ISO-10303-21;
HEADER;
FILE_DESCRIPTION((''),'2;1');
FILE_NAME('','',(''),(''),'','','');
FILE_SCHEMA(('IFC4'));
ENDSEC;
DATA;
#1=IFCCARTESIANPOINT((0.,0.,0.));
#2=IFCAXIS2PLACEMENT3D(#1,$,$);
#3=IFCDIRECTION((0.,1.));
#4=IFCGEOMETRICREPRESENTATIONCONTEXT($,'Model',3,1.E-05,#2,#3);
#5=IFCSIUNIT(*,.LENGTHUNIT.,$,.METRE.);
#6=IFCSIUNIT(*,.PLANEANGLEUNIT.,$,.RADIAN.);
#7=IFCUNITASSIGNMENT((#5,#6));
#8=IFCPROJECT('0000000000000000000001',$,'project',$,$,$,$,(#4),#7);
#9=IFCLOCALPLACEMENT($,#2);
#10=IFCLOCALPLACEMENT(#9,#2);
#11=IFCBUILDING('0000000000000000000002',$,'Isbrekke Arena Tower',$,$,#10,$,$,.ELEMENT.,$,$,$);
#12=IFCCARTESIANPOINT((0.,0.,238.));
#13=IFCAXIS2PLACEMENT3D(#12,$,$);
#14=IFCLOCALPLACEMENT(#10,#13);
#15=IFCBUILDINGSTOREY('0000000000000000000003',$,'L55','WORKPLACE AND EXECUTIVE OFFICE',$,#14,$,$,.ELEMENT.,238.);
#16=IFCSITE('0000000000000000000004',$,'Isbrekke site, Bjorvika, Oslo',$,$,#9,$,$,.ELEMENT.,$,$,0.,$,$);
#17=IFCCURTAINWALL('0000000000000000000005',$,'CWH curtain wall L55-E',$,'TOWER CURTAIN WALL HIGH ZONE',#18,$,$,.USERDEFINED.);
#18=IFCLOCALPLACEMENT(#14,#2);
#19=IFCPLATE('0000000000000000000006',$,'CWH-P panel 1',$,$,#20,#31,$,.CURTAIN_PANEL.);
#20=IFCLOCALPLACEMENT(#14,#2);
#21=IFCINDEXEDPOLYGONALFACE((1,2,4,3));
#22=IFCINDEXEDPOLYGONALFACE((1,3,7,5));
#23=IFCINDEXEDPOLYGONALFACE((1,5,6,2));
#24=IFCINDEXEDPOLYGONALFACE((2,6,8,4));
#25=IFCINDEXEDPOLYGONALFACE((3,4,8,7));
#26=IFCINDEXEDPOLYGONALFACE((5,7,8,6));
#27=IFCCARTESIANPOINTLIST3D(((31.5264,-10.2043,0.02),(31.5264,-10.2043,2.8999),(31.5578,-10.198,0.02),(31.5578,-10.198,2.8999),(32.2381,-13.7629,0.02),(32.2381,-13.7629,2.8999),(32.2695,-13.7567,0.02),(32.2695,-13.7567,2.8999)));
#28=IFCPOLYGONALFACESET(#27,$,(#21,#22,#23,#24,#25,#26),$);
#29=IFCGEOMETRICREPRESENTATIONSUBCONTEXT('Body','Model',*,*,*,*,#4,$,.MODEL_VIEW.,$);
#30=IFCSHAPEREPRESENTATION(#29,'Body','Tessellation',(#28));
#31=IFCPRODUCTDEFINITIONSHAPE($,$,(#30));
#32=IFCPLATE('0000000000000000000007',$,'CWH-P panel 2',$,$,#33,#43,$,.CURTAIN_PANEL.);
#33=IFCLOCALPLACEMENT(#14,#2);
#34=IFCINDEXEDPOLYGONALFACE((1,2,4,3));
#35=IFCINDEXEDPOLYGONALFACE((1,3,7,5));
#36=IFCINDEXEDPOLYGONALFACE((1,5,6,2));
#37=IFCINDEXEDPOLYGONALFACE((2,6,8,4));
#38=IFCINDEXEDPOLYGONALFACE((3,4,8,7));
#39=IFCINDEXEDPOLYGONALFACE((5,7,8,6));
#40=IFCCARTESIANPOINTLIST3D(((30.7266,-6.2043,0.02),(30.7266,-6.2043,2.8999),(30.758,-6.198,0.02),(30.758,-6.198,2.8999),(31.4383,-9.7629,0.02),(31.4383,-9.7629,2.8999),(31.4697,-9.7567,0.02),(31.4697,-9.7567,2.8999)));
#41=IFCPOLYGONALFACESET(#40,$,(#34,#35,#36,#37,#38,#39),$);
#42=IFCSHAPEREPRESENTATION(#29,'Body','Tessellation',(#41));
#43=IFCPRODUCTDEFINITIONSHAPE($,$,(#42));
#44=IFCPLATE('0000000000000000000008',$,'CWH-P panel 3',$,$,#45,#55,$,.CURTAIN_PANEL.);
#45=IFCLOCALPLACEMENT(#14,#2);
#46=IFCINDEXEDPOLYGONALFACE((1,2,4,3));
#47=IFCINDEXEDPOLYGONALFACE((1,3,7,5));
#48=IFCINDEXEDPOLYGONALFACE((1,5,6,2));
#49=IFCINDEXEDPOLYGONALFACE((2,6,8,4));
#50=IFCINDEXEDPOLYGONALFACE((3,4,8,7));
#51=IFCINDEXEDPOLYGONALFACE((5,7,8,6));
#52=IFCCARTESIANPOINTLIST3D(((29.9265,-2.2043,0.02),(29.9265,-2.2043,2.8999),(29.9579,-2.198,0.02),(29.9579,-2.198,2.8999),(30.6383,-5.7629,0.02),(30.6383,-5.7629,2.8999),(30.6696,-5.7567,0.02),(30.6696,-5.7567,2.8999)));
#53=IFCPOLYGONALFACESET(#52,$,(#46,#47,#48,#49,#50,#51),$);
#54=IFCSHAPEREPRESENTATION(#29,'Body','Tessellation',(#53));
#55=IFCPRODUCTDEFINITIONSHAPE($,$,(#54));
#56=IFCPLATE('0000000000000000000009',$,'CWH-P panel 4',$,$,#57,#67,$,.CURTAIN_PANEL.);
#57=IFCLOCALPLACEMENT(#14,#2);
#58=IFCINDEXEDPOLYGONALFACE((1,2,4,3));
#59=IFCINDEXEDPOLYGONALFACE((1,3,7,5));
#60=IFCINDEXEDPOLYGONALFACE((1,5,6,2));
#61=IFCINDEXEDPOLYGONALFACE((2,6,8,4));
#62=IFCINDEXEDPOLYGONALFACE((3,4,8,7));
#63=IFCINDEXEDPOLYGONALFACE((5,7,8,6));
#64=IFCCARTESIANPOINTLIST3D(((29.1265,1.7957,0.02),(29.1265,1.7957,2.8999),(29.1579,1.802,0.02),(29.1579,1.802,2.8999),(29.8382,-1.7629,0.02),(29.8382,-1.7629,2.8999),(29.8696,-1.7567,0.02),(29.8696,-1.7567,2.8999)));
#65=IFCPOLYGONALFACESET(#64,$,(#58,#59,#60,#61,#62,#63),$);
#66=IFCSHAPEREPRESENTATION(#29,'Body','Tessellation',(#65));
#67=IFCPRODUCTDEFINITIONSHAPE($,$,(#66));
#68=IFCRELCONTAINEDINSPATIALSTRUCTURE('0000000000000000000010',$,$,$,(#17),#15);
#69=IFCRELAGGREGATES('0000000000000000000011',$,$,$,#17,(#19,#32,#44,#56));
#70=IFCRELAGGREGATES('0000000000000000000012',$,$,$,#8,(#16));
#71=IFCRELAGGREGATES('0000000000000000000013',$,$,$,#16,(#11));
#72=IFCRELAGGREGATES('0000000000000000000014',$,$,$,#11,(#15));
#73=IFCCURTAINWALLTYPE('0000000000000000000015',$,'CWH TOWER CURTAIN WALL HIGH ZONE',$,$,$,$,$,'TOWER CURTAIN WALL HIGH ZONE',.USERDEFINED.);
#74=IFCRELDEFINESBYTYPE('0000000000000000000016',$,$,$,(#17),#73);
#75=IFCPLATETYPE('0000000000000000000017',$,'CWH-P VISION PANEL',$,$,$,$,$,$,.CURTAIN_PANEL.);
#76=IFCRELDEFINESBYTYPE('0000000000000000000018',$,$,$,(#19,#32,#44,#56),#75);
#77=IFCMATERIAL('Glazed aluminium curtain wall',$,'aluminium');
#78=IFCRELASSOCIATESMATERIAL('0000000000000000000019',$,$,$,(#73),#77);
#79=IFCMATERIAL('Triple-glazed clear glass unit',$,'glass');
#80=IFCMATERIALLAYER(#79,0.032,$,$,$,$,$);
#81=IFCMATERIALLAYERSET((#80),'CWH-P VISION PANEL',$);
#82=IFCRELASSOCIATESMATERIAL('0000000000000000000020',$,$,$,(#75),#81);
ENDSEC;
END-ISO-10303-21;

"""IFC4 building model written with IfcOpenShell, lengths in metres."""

from ifc_helpers import new_model, si_unit, direction, frame, origin, origin_2d, place, context, subcontext, project, spatial, rectangle, extrude, material, layer, layer_set, type_object, element, aggregate, save


model = new_model("IFC4")

# Units and contexts
model_context = context("Model", 3, precision=1e-05, world=origin(), true_north=direction((0.0, 1.0)))
body_context = subcontext(model_context, "Body", "Model", "MODEL_VIEW")
ifc_project = project(units=[si_unit("LENGTHUNIT", "METRE"), si_unit("PLANEANGLEUNIT", "RADIAN")], contexts=[model_context])

# Site, building, storey
site_placement = place(None, origin())
site = spatial("IfcSite", under=ifc_project, at=site_placement, Name="Isbrekke site, Bjorvika, Oslo", CompositionType="ELEMENT", RefElevation=0.0)
building_placement = place(site_placement, origin())
building = spatial("IfcBuilding", under=site, at=building_placement, Name="Isbrekke Arena Tower", CompositionType="ELEMENT")
storey_placement = place(building_placement, frame((0.0, 0.0, 238.0)))
storey = spatial("IfcBuildingStorey", under=building, at=storey_placement, Name="L55", Description="WORKPLACE AND EXECUTIVE OFFICE", CompositionType="ELEMENT", Elevation=238.0)

# Curtain wall
ifc_material_1 = material(Name="Glazed aluminium curtain wall", Category="aluminium")
curtain_wall_type = type_object("IfcCurtainWallType", Name="CWH TOWER CURTAIN WALL HIGH ZONE", ElementType="TOWER CURTAIN WALL HIGH ZONE", PredefinedType="USERDEFINED", material=ifc_material_1)
curtain_wall_placement = place(storey_placement, origin())
curtain_wall = element("IfcCurtainWall", 1, at=curtain_wall_placement, inside=storey, type_object=curtain_wall_type, Name="CWH curtain wall L55-E", ObjectType="TOWER CURTAIN WALL HIGH ZONE", PredefinedType="USERDEFINED")

# Plates
ifc_material_2 = material(Name="Triple-glazed clear glass unit", Category="glass")
ifc_layer = layer(ifc_material_2, 0.032)
ifc_layer_set = layer_set([ifc_layer], Name="CWH-P VISION PANEL")
plate_type = type_object("IfcPlateType", Name="CWH-P VISION PANEL", PredefinedType="CURTAIN_PANEL", material=ifc_layer_set)
plate_1_placement = place(storey_placement, frame((31.8979, -11.9805, 0.02), z_axis=(0.0, 0.0, 1.0), x_axis=(-0.196116, 0.980581, 0.0)))
plate_1 = element("IfcPlate", 2, at=plate_1_placement, type_object=plate_type, Name="CWH-P panel 1", PredefinedType="CURTAIN_PANEL", context=body_context, shape_type="SweptSolid", body=[
    extrude(rectangle(XDim=3.6292, YDim=0.032, at=origin_2d()), origin(), (0.0, 0.0, 1.0), 2.8799),
])
plate_2_placement = place(storey_placement, frame((31.0981, -7.9805, 0.02), z_axis=(0.0, 0.0, 1.0), x_axis=(-0.196116, 0.980581, 0.0)))
plate_2 = element("IfcPlate", 3, at=plate_2_placement, type_object=plate_type, Name="CWH-P panel 2", PredefinedType="CURTAIN_PANEL", context=body_context, shape_type="SweptSolid", body=[
    extrude(rectangle(XDim=3.6292, YDim=0.032, at=origin_2d()), origin(), (0.0, 0.0, 1.0), 2.8799),
])
plate_3_placement = place(storey_placement, frame((30.2981, -3.9805, 0.02), z_axis=(0.0, 0.0, 1.0), x_axis=(-0.196116, 0.980581, 0.0)))
plate_3 = element("IfcPlate", 4, at=plate_3_placement, type_object=plate_type, Name="CWH-P panel 3", PredefinedType="CURTAIN_PANEL", context=body_context, shape_type="SweptSolid", body=[
    extrude(rectangle(XDim=3.6292, YDim=0.032, at=origin_2d()), origin(), (0.0, 0.0, 1.0), 2.8799),
])
plate_4_placement = place(storey_placement, frame((29.498, 0.0195, 0.02), z_axis=(0.0, 0.0, 1.0), x_axis=(-0.196116, 0.980581, 0.0)))
plate_4 = element("IfcPlate", 5, at=plate_4_placement, type_object=plate_type, Name="CWH-P panel 4", PredefinedType="CURTAIN_PANEL", context=body_context, shape_type="SweptSolid", body=[
    extrude(rectangle(XDim=3.6292, YDim=0.032, at=origin_2d()), origin(), (0.0, 0.0, 1.0), 2.8799),
])
aggregate(curtain_wall, [plate_1, plate_2, plate_3, plate_4])

save(model, "model.ifc")
